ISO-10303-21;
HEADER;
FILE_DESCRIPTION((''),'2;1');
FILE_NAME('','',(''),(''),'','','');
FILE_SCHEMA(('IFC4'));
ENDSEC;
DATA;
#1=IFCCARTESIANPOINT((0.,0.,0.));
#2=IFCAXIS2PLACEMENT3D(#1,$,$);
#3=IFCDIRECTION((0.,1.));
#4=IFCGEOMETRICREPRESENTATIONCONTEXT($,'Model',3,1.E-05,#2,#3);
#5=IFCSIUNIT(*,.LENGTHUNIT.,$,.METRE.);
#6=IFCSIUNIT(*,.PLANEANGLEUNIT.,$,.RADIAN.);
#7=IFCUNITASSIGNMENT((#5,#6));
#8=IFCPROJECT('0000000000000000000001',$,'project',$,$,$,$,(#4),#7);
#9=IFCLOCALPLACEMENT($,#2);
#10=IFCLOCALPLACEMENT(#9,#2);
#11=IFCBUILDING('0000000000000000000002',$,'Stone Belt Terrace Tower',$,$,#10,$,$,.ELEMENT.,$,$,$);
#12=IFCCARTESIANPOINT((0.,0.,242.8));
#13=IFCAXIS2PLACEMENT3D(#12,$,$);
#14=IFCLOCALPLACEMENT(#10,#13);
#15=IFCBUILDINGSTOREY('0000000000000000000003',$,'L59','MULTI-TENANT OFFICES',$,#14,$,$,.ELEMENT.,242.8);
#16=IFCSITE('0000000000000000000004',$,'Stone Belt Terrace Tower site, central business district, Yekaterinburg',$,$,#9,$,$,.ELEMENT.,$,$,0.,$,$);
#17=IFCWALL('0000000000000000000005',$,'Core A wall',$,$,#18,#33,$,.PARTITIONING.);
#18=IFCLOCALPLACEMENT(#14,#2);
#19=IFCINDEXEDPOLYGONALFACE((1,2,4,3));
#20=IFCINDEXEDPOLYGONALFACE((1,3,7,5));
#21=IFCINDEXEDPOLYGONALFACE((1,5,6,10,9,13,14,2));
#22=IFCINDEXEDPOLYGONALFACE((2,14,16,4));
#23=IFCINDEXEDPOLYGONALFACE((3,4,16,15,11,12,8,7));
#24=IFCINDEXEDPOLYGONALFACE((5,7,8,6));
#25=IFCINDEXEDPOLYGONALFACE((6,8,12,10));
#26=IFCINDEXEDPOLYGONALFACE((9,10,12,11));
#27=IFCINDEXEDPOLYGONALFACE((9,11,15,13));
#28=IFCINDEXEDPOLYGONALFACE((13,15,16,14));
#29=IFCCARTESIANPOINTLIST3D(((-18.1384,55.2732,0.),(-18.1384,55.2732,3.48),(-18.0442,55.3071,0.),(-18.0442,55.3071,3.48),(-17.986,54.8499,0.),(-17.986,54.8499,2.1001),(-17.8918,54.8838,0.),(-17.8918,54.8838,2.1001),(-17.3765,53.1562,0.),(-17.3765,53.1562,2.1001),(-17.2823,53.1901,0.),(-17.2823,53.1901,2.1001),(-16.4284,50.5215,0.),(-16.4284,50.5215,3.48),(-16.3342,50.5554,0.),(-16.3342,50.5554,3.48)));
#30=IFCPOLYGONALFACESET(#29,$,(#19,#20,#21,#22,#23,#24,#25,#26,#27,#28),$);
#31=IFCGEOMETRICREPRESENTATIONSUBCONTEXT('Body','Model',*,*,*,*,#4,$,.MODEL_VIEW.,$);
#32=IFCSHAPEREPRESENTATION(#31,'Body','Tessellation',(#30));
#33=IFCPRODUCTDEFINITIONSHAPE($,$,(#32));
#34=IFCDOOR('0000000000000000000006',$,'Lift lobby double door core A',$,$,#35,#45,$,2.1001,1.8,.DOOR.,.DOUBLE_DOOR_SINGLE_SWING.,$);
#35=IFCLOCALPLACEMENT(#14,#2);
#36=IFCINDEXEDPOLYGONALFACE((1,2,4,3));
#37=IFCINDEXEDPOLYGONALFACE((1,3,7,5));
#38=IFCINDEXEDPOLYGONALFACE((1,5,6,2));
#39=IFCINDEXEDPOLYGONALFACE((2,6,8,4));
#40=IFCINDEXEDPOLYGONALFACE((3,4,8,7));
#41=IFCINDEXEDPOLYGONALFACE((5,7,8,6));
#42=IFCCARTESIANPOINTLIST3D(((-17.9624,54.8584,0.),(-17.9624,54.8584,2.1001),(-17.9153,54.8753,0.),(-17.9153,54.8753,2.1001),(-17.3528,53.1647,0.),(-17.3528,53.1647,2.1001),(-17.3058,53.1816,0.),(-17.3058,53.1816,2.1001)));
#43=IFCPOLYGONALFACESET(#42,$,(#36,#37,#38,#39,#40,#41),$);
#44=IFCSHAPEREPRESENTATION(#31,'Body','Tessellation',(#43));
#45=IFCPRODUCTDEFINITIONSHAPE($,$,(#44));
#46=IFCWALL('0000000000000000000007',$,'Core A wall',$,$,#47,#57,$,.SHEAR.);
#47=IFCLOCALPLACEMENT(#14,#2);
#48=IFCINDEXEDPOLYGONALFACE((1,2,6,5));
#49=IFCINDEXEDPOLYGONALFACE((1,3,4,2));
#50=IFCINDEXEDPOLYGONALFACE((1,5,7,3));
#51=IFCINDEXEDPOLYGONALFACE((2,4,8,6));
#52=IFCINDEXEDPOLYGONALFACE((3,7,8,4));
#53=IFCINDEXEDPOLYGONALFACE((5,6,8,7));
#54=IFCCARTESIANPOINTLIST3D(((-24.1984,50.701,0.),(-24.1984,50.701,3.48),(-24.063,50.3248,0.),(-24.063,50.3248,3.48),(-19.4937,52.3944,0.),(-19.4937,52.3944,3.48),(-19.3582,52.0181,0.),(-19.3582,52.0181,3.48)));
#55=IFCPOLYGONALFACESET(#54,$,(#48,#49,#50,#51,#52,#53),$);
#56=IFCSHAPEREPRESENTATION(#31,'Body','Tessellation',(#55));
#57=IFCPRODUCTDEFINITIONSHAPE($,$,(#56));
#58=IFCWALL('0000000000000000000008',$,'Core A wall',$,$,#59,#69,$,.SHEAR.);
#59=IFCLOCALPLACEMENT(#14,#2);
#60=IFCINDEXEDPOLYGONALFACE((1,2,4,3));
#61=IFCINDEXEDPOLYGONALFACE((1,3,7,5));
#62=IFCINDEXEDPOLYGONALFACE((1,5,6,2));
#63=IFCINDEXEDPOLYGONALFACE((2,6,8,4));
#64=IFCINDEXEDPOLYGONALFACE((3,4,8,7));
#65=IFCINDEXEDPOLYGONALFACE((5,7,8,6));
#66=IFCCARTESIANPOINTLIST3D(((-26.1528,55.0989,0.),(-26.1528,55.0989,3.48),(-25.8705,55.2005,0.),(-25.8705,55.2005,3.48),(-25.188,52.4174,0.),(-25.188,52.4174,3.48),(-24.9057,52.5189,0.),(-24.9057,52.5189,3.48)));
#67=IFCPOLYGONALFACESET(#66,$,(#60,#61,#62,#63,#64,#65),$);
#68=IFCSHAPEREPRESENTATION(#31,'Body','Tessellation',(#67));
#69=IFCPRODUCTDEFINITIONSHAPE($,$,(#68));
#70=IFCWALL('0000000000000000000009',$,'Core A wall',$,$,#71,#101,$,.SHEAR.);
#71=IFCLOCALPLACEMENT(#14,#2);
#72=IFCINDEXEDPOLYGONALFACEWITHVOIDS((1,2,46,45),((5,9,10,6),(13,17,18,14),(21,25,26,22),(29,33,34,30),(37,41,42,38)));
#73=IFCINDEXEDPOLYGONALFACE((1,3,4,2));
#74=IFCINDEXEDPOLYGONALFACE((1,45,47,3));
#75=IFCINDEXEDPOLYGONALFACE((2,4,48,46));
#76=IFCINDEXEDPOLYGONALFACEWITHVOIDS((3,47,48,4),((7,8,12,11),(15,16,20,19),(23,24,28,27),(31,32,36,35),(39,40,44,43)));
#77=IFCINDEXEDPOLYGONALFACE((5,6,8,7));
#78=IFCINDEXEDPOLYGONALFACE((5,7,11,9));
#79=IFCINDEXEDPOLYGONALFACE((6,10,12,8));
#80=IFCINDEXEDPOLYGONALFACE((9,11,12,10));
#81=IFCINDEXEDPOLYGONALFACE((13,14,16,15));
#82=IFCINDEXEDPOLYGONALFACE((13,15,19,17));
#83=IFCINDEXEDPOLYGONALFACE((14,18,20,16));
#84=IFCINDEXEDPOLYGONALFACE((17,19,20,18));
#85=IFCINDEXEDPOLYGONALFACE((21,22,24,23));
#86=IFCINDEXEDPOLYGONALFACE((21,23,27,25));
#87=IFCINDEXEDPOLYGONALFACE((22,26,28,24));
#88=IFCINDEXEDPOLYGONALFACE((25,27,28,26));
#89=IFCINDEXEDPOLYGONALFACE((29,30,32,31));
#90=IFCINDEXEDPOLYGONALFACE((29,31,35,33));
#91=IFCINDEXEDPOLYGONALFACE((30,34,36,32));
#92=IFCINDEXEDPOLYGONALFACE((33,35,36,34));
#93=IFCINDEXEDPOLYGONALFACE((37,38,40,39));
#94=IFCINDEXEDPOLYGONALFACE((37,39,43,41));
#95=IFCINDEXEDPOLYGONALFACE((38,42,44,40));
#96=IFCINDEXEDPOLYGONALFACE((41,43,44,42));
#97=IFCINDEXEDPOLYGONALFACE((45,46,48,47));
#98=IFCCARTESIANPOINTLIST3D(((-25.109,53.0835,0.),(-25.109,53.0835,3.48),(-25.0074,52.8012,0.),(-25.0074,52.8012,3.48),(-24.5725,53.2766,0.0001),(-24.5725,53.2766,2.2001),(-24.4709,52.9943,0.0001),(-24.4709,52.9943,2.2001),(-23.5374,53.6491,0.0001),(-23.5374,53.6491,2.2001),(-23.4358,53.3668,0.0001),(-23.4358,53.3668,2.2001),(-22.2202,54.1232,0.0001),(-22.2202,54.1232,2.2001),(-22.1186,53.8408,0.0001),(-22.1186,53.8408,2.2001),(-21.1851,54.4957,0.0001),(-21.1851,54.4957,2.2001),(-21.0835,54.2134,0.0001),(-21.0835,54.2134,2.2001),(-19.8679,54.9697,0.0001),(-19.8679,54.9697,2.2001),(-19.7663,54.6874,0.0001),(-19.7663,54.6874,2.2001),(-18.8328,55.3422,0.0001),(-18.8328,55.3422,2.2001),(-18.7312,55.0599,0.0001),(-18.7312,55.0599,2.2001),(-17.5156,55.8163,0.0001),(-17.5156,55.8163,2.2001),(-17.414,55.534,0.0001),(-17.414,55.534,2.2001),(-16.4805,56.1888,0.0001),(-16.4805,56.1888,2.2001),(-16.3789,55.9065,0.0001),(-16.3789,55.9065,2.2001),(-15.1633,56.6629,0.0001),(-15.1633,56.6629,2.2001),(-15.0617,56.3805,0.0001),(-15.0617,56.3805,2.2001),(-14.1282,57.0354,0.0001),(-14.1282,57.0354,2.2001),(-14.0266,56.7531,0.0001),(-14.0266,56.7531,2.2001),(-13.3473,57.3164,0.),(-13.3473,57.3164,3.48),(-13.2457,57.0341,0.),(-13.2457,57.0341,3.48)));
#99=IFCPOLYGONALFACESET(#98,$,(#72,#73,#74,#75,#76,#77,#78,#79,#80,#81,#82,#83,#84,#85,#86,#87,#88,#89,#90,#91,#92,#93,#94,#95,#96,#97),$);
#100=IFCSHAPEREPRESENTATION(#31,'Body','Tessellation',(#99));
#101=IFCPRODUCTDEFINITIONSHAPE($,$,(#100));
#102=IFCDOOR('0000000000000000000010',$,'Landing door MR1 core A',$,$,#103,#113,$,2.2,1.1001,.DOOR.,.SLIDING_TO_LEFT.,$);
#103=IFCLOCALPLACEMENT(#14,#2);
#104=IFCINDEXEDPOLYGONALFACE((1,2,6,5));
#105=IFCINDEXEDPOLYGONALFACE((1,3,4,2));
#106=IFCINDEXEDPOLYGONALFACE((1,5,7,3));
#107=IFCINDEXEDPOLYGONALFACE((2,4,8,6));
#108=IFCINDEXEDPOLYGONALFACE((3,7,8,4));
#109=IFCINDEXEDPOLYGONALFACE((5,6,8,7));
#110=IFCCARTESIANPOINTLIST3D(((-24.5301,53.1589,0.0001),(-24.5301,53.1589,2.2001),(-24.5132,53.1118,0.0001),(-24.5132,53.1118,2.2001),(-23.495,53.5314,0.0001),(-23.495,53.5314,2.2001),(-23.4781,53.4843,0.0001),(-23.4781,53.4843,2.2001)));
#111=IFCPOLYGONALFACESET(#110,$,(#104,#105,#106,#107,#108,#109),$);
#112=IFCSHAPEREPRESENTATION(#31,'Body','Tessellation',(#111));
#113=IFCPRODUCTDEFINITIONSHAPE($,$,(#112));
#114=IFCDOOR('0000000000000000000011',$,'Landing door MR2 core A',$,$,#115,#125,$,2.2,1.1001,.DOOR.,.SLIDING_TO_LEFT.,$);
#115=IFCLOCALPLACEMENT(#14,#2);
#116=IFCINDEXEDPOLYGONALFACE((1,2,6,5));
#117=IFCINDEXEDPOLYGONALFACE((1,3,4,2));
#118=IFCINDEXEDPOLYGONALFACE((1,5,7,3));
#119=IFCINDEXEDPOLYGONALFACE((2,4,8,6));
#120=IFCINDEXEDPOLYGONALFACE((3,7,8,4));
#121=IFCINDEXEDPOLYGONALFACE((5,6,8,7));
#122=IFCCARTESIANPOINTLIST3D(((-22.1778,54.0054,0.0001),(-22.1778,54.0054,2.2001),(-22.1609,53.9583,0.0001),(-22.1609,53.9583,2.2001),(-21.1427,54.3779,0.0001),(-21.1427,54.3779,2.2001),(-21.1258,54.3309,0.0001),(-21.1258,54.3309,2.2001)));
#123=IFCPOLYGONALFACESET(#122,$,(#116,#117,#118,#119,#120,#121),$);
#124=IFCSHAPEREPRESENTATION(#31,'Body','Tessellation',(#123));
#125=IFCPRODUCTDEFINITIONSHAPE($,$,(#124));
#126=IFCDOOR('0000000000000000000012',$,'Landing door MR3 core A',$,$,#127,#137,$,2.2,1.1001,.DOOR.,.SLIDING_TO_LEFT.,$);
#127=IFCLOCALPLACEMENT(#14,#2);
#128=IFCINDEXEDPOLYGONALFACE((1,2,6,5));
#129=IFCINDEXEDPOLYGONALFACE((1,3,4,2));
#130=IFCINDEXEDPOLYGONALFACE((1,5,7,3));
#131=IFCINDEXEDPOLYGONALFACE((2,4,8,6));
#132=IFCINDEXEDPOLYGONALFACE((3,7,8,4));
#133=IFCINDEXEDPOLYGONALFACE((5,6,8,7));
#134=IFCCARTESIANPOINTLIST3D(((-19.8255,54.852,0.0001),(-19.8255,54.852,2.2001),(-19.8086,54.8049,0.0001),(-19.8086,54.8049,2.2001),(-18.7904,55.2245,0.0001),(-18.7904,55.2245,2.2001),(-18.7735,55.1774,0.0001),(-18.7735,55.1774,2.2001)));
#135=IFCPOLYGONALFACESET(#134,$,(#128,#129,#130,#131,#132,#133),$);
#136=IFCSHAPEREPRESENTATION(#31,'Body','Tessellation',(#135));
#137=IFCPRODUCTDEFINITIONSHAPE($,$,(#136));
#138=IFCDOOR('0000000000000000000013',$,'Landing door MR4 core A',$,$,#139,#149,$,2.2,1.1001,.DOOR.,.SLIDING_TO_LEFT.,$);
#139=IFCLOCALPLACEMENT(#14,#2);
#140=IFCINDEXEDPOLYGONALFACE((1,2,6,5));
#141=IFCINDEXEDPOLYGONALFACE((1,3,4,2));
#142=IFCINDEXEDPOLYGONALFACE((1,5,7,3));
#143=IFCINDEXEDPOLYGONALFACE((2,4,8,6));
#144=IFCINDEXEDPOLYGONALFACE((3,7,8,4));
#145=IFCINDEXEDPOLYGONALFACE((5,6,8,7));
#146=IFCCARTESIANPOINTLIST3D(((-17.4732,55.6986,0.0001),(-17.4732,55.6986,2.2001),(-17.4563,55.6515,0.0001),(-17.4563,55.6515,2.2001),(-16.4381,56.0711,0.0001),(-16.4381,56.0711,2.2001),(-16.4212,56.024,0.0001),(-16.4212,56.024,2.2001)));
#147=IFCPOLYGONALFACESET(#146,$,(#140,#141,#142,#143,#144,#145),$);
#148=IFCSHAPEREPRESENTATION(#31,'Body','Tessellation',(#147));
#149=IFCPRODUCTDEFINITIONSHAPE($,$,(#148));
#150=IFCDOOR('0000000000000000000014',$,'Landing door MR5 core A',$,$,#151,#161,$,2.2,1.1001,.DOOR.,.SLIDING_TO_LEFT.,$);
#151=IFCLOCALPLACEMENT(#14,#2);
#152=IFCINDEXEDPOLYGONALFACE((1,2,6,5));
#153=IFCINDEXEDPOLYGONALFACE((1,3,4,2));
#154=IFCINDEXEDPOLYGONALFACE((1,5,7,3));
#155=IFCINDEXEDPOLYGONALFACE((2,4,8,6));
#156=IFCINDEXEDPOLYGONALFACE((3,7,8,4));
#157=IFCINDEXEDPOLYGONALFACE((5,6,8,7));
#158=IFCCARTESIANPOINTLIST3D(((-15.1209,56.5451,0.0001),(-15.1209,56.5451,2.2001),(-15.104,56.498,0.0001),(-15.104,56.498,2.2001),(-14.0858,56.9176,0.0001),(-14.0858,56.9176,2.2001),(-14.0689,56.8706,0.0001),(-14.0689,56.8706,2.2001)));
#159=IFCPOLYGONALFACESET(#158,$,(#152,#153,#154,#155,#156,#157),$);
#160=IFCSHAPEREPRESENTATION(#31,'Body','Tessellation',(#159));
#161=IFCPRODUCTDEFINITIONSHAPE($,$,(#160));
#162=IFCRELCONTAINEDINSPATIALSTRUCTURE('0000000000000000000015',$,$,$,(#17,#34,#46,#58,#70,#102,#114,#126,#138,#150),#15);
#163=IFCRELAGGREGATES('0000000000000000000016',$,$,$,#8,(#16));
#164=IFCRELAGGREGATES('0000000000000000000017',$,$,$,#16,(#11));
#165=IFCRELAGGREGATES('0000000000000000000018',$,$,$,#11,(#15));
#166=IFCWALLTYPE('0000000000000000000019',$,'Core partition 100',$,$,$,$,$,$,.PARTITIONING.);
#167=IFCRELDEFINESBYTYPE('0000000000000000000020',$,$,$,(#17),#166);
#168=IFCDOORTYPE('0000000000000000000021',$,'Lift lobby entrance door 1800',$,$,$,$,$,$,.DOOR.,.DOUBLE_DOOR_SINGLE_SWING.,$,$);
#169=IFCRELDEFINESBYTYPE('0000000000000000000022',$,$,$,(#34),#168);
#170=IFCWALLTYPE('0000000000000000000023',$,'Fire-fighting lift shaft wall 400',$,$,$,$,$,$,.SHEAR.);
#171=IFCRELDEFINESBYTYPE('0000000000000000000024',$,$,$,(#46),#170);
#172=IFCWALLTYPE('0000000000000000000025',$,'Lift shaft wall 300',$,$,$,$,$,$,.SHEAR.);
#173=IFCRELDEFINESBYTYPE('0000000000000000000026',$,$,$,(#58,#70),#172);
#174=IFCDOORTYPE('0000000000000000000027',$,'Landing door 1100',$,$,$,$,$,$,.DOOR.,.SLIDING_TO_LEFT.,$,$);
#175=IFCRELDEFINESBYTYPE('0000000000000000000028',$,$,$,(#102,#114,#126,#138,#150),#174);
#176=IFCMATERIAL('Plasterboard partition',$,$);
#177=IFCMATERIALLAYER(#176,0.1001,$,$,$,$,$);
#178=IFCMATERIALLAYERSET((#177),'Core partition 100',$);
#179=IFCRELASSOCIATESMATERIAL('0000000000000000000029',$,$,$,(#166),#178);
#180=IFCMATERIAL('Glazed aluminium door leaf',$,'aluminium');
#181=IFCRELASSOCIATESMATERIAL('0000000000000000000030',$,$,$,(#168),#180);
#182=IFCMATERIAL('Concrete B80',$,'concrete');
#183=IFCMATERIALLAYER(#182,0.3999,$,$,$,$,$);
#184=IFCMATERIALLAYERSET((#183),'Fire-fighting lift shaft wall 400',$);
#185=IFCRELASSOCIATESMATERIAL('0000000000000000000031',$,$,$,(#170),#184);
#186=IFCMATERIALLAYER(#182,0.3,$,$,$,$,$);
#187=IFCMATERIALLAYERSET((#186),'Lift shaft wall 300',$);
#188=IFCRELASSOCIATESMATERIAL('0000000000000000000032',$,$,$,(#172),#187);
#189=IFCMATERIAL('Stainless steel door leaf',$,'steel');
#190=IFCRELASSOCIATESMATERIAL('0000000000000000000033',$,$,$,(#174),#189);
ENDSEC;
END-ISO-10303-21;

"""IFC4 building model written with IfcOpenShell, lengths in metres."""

from ifc_helpers import new_model, si_unit, direction, frame, frame_2d, origin, place, context, subcontext, project, spatial, rectangle, extrude, material, layer, layer_set, type_object, element, fill, save


model = new_model("IFC4")

# Units and contexts
model_context = context("Model", 3, precision=1e-05, world=origin(), true_north=direction((0.0, 1.0)))
body_context = subcontext(model_context, "Body", "Model", "MODEL_VIEW")
ifc_project = project(units=[si_unit("LENGTHUNIT", "METRE"), si_unit("PLANEANGLEUNIT", "RADIAN")], contexts=[model_context])

# Site, building, storey
site_placement = place(None, origin())
site = spatial("IfcSite", under=ifc_project, at=site_placement, Name="Stone Belt Terrace Tower site, central business district, Yekaterinburg", CompositionType="ELEMENT", RefElevation=0.0)
building_placement = place(site_placement, origin())
building = spatial("IfcBuilding", under=site, at=building_placement, Name="Stone Belt Terrace Tower", CompositionType="ELEMENT")
storey_placement = place(building_placement, frame((0.0, 0.0, 242.8)))
storey = spatial("IfcBuildingStorey", under=building, at=storey_placement, Name="L59", Description="MULTI-TENANT OFFICES", CompositionType="ELEMENT", Elevation=242.8)

# Shared definitions
ifc_material_1 = material(Name="Plasterboard partition")
ifc_layer_1 = layer(ifc_material_1, 0.1001)
ifc_layer_set_1 = layer_set([ifc_layer_1], Name="Core partition 100")
wall_type_1 = type_object("IfcWallType", Name="Core partition 100", PredefinedType="PARTITIONING", material=ifc_layer_set_1)

# Wall, opening, door
wall_1_placement = place(storey_placement, frame((-16.3813, 50.5386, 0.0), z_axis=(0.0, 0.0, 1.0), x_axis=(-0.338605, 0.940929, 0.0)))
wall_1 = element("IfcWall", 1, at=wall_1_placement, inside=storey, type_object=wall_type_1, Name="Core A wall", PredefinedType="PARTITIONING", context=body_context, shape_type="SweptSolid", body=[
    extrude(rectangle(XDim=5.05, YDim=0.1001, at=frame_2d((2.5249, 0.0))), origin(), (0.0, 0.0, 1.0), 3.48),
])
opening_1_placement = place(wall_1_placement, frame((2.8, 0.0, 0.0)))
opening_1 = element("IfcOpeningElement", 2, at=opening_1_placement, cuts=wall_1, PredefinedType="OPENING", context=body_context, shape_type="SweptSolid", body=[
    extrude(rectangle(XDim=1.8, YDim=2.1001, at=frame_2d((0.8999, 1.05))), frame((0.0, 0.0601, 0.0), z_axis=(0.0, -1.0, 0.0), x_axis=(1.0, 0.0, 0.0)), (0.0, 0.0, 1.0), 0.1201),
])
ifc_material_2 = material(Name="Glazed aluminium door leaf", Category="aluminium")
door_type_1 = type_object("IfcDoorType", Name="Lift lobby entrance door 1800", OperationType="DOUBLE_DOOR_SINGLE_SWING", PredefinedType="DOOR", material=ifc_material_2)
door_1_placement = place(opening_1_placement, origin())
door_1 = element("IfcDoor", 3, at=door_1_placement, inside=storey, type_object=door_type_1, Name="Lift lobby double door core A", OperationType="DOUBLE_DOOR_SINGLE_SWING", OverallHeight=2.1001, OverallWidth=1.8, PredefinedType="DOOR", context=body_context, shape_type="SweptSolid", body=[
    extrude(rectangle(XDim=1.8, YDim=2.1001, at=frame_2d((0.8999, 1.05))), frame((0.0, 0.0249, 0.0), z_axis=(0.0, -1.0, 0.0), x_axis=(1.0, 0.0, 0.0)), (0.0, 0.0, 1.0), 0.05),
])
fill(opening_1, door_1)

# Walls
ifc_material_3 = material(Name="Concrete B80", Category="concrete")
ifc_layer_2 = layer(ifc_material_3, 0.3999)
ifc_layer_set_2 = layer_set([ifc_layer_2], Name="Fire-fighting lift shaft wall 400")
wall_type_2 = type_object("IfcWallType", Name="Fire-fighting lift shaft wall 400", PredefinedType="SHEAR", material=ifc_layer_set_2)
wall_2_placement = place(storey_placement, frame((-24.1306, 50.5129, 0.0), z_axis=(0.0, 0.0, 1.0), x_axis=(0.940912, 0.338652, 0.0)))
element("IfcWall", 4, at=wall_2_placement, inside=storey, type_object=wall_type_2, Name="Core A wall", PredefinedType="SHEAR", context=body_context, shape_type="SweptSolid", body=[
    extrude(rectangle(XDim=5.0002, YDim=0.3999, at=frame_2d((2.5, 0.0))), origin(), (0.0, 0.0, 1.0), 3.48),
])
ifc_layer_3 = layer(ifc_material_3, 0.3)
ifc_layer_set_3 = layer_set([ifc_layer_3], Name="Lift shaft wall 300")
wall_type_3 = type_object("IfcWallType", Name="Lift shaft wall 300", PredefinedType="SHEAR", material=ifc_layer_set_3)
wall_3_placement = place(storey_placement, frame((-25.0469, 52.4683, 0.0), z_axis=(0.0, 0.0, 1.0), x_axis=(-0.33855, 0.940949, 0.0)))
element("IfcWall", 5, at=wall_3_placement, inside=storey, type_object=wall_type_3, Name="Core A wall", PredefinedType="SHEAR", context=body_context, shape_type="SweptSolid", body=[
    extrude(rectangle(XDim=2.8499, YDim=0.3, at=frame_2d((1.4248, 0.0))), origin(), (0.0, 0.0, 1.0), 3.48),
])

# Wall, openings, doors
wall_4_placement = place(storey_placement, frame((-25.0581, 52.9424, 0.0), z_axis=(0.0, 0.0, 1.0), x_axis=(0.940921, 0.338627, 0.0)))
wall_4 = element("IfcWall", 6, at=wall_4_placement, inside=storey, type_object=wall_type_3, Name="Core A wall", PredefinedType="SHEAR", context=body_context, shape_type="SweptSolid", body=[
    extrude(rectangle(XDim=12.5002, YDim=0.3, at=frame_2d((6.25, 0.0))), origin(), (0.0, 0.0, 1.0), 3.48),
])
opening_2_placement = place(wall_4_placement, frame((0.5701, 0.0, 0.0)))
opening_2 = element("IfcOpeningElement", 7, at=opening_2_placement, cuts=wall_4, PredefinedType="OPENING", context=body_context, shape_type="SweptSolid", body=[
    extrude(rectangle(XDim=1.1001, YDim=2.2, at=frame_2d((0.55, 1.1001))), frame((0.0, 0.1599, 0.0), z_axis=(0.0, -1.0, 0.0), x_axis=(1.0, 0.0, 0.0)), (0.0, 0.0, 1.0), 0.3201),
])
opening_3_placement = place(wall_4_placement, frame((3.0701, 0.0, 0.0)))
opening_3 = element("IfcOpeningElement", 8, at=opening_3_placement, cuts=wall_4, PredefinedType="OPENING", context=body_context, shape_type="SweptSolid", body=[
    extrude(rectangle(XDim=1.1001, YDim=2.2, at=frame_2d((0.55, 1.1001))), frame((0.0, 0.1599, 0.0), z_axis=(0.0, -1.0, 0.0), x_axis=(1.0, 0.0, 0.0)), (0.0, 0.0, 1.0), 0.3201),
])
opening_4_placement = place(wall_4_placement, frame((5.5701, 0.0, 0.0)))
opening_4 = element("IfcOpeningElement", 9, at=opening_4_placement, cuts=wall_4, PredefinedType="OPENING", context=body_context, shape_type="SweptSolid", body=[
    extrude(rectangle(XDim=1.1001, YDim=2.2, at=frame_2d((0.55, 1.1001))), frame((0.0, 0.1599, 0.0), z_axis=(0.0, -1.0, 0.0), x_axis=(1.0, 0.0, 0.0)), (0.0, 0.0, 1.0), 0.3201),
])
opening_5_placement = place(wall_4_placement, frame((8.0701, 0.0, 0.0)))
opening_5 = element("IfcOpeningElement", 10, at=opening_5_placement, cuts=wall_4, PredefinedType="OPENING", context=body_context, shape_type="SweptSolid", body=[
    extrude(rectangle(XDim=1.1001, YDim=2.2, at=frame_2d((0.55, 1.1001))), frame((0.0, 0.1599, 0.0), z_axis=(0.0, -1.0, 0.0), x_axis=(1.0, 0.0, 0.0)), (0.0, 0.0, 1.0), 0.3201),
])
opening_6_placement = place(wall_4_placement, frame((10.5701, 0.0, 0.0)))
opening_6 = element("IfcOpeningElement", 11, at=opening_6_placement, cuts=wall_4, PredefinedType="OPENING", context=body_context, shape_type="SweptSolid", body=[
    extrude(rectangle(XDim=1.1001, YDim=2.2, at=frame_2d((0.55, 1.1001))), frame((0.0, 0.1599, 0.0), z_axis=(0.0, -1.0, 0.0), x_axis=(1.0, 0.0, 0.0)), (0.0, 0.0, 1.0), 0.3201),
])
ifc_material_4 = material(Name="Stainless steel door leaf", Category="steel")
door_type_2 = type_object("IfcDoorType", Name="Landing door 1100", OperationType="SLIDING_TO_LEFT", PredefinedType="DOOR", material=ifc_material_4)
door_2_placement = place(opening_2_placement, origin())
door_2 = element("IfcDoor", 12, at=door_2_placement, inside=storey, type_object=door_type_2, Name="Landing door MR1 core A", OperationType="SLIDING_TO_LEFT", OverallHeight=2.2, OverallWidth=1.1001, PredefinedType="DOOR", context=body_context, shape_type="SweptSolid", body=[
    extrude(rectangle(XDim=1.1001, YDim=2.2, at=frame_2d((0.55, 1.1001))), frame((0.0, 0.0249, 0.0), z_axis=(0.0, -1.0, 0.0), x_axis=(1.0, 0.0, 0.0)), (0.0, 0.0, 1.0), 0.05),
])
fill(opening_2, door_2)
door_3_placement = place(opening_3_placement, origin())
door_3 = element("IfcDoor", 13, at=door_3_placement, inside=storey, type_object=door_type_2, Name="Landing door MR2 core A", OperationType="SLIDING_TO_LEFT", OverallHeight=2.2, OverallWidth=1.1001, PredefinedType="DOOR", context=body_context, shape_type="SweptSolid", body=[
    extrude(rectangle(XDim=1.1001, YDim=2.2, at=frame_2d((0.55, 1.1001))), frame((0.0, 0.0249, 0.0), z_axis=(0.0, -1.0, 0.0), x_axis=(1.0, 0.0, 0.0)), (0.0, 0.0, 1.0), 0.05),
])
fill(opening_3, door_3)
door_4_placement = place(opening_4_placement, origin())
door_4 = element("IfcDoor", 14, at=door_4_placement, inside=storey, type_object=door_type_2, Name="Landing door MR3 core A", OperationType="SLIDING_TO_LEFT", OverallHeight=2.2, OverallWidth=1.1001, PredefinedType="DOOR", context=body_context, shape_type="SweptSolid", body=[
    extrude(rectangle(XDim=1.1001, YDim=2.2, at=frame_2d((0.55, 1.1001))), frame((0.0, 0.0249, 0.0), z_axis=(0.0, -1.0, 0.0), x_axis=(1.0, 0.0, 0.0)), (0.0, 0.0, 1.0), 0.05),
])
fill(opening_4, door_4)
door_5_placement = place(opening_5_placement, origin())
door_5 = element("IfcDoor", 15, at=door_5_placement, inside=storey, type_object=door_type_2, Name="Landing door MR4 core A", OperationType="SLIDING_TO_LEFT", OverallHeight=2.2, OverallWidth=1.1001, PredefinedType="DOOR", context=body_context, shape_type="SweptSolid", body=[
    extrude(rectangle(XDim=1.1001, YDim=2.2, at=frame_2d((0.55, 1.1001))), frame((0.0, 0.0249, 0.0), z_axis=(0.0, -1.0, 0.0), x_axis=(1.0, 0.0, 0.0)), (0.0, 0.0, 1.0), 0.05),
])
fill(opening_5, door_5)
door_6_placement = place(opening_6_placement, origin())
door_6 = element("IfcDoor", 16, at=door_6_placement, inside=storey, type_object=door_type_2, Name="Landing door MR5 core A", OperationType="SLIDING_TO_LEFT", OverallHeight=2.2, OverallWidth=1.1001, PredefinedType="DOOR", context=body_context, shape_type="SweptSolid", body=[
    extrude(rectangle(XDim=1.1001, YDim=2.2, at=frame_2d((0.55, 1.1001))), frame((0.0, 0.0249, 0.0), z_axis=(0.0, -1.0, 0.0), x_axis=(1.0, 0.0, 0.0)), (0.0, 0.0, 1.0), 0.05),
])
fill(opening_6, door_6)

save(model, "model.ifc")
